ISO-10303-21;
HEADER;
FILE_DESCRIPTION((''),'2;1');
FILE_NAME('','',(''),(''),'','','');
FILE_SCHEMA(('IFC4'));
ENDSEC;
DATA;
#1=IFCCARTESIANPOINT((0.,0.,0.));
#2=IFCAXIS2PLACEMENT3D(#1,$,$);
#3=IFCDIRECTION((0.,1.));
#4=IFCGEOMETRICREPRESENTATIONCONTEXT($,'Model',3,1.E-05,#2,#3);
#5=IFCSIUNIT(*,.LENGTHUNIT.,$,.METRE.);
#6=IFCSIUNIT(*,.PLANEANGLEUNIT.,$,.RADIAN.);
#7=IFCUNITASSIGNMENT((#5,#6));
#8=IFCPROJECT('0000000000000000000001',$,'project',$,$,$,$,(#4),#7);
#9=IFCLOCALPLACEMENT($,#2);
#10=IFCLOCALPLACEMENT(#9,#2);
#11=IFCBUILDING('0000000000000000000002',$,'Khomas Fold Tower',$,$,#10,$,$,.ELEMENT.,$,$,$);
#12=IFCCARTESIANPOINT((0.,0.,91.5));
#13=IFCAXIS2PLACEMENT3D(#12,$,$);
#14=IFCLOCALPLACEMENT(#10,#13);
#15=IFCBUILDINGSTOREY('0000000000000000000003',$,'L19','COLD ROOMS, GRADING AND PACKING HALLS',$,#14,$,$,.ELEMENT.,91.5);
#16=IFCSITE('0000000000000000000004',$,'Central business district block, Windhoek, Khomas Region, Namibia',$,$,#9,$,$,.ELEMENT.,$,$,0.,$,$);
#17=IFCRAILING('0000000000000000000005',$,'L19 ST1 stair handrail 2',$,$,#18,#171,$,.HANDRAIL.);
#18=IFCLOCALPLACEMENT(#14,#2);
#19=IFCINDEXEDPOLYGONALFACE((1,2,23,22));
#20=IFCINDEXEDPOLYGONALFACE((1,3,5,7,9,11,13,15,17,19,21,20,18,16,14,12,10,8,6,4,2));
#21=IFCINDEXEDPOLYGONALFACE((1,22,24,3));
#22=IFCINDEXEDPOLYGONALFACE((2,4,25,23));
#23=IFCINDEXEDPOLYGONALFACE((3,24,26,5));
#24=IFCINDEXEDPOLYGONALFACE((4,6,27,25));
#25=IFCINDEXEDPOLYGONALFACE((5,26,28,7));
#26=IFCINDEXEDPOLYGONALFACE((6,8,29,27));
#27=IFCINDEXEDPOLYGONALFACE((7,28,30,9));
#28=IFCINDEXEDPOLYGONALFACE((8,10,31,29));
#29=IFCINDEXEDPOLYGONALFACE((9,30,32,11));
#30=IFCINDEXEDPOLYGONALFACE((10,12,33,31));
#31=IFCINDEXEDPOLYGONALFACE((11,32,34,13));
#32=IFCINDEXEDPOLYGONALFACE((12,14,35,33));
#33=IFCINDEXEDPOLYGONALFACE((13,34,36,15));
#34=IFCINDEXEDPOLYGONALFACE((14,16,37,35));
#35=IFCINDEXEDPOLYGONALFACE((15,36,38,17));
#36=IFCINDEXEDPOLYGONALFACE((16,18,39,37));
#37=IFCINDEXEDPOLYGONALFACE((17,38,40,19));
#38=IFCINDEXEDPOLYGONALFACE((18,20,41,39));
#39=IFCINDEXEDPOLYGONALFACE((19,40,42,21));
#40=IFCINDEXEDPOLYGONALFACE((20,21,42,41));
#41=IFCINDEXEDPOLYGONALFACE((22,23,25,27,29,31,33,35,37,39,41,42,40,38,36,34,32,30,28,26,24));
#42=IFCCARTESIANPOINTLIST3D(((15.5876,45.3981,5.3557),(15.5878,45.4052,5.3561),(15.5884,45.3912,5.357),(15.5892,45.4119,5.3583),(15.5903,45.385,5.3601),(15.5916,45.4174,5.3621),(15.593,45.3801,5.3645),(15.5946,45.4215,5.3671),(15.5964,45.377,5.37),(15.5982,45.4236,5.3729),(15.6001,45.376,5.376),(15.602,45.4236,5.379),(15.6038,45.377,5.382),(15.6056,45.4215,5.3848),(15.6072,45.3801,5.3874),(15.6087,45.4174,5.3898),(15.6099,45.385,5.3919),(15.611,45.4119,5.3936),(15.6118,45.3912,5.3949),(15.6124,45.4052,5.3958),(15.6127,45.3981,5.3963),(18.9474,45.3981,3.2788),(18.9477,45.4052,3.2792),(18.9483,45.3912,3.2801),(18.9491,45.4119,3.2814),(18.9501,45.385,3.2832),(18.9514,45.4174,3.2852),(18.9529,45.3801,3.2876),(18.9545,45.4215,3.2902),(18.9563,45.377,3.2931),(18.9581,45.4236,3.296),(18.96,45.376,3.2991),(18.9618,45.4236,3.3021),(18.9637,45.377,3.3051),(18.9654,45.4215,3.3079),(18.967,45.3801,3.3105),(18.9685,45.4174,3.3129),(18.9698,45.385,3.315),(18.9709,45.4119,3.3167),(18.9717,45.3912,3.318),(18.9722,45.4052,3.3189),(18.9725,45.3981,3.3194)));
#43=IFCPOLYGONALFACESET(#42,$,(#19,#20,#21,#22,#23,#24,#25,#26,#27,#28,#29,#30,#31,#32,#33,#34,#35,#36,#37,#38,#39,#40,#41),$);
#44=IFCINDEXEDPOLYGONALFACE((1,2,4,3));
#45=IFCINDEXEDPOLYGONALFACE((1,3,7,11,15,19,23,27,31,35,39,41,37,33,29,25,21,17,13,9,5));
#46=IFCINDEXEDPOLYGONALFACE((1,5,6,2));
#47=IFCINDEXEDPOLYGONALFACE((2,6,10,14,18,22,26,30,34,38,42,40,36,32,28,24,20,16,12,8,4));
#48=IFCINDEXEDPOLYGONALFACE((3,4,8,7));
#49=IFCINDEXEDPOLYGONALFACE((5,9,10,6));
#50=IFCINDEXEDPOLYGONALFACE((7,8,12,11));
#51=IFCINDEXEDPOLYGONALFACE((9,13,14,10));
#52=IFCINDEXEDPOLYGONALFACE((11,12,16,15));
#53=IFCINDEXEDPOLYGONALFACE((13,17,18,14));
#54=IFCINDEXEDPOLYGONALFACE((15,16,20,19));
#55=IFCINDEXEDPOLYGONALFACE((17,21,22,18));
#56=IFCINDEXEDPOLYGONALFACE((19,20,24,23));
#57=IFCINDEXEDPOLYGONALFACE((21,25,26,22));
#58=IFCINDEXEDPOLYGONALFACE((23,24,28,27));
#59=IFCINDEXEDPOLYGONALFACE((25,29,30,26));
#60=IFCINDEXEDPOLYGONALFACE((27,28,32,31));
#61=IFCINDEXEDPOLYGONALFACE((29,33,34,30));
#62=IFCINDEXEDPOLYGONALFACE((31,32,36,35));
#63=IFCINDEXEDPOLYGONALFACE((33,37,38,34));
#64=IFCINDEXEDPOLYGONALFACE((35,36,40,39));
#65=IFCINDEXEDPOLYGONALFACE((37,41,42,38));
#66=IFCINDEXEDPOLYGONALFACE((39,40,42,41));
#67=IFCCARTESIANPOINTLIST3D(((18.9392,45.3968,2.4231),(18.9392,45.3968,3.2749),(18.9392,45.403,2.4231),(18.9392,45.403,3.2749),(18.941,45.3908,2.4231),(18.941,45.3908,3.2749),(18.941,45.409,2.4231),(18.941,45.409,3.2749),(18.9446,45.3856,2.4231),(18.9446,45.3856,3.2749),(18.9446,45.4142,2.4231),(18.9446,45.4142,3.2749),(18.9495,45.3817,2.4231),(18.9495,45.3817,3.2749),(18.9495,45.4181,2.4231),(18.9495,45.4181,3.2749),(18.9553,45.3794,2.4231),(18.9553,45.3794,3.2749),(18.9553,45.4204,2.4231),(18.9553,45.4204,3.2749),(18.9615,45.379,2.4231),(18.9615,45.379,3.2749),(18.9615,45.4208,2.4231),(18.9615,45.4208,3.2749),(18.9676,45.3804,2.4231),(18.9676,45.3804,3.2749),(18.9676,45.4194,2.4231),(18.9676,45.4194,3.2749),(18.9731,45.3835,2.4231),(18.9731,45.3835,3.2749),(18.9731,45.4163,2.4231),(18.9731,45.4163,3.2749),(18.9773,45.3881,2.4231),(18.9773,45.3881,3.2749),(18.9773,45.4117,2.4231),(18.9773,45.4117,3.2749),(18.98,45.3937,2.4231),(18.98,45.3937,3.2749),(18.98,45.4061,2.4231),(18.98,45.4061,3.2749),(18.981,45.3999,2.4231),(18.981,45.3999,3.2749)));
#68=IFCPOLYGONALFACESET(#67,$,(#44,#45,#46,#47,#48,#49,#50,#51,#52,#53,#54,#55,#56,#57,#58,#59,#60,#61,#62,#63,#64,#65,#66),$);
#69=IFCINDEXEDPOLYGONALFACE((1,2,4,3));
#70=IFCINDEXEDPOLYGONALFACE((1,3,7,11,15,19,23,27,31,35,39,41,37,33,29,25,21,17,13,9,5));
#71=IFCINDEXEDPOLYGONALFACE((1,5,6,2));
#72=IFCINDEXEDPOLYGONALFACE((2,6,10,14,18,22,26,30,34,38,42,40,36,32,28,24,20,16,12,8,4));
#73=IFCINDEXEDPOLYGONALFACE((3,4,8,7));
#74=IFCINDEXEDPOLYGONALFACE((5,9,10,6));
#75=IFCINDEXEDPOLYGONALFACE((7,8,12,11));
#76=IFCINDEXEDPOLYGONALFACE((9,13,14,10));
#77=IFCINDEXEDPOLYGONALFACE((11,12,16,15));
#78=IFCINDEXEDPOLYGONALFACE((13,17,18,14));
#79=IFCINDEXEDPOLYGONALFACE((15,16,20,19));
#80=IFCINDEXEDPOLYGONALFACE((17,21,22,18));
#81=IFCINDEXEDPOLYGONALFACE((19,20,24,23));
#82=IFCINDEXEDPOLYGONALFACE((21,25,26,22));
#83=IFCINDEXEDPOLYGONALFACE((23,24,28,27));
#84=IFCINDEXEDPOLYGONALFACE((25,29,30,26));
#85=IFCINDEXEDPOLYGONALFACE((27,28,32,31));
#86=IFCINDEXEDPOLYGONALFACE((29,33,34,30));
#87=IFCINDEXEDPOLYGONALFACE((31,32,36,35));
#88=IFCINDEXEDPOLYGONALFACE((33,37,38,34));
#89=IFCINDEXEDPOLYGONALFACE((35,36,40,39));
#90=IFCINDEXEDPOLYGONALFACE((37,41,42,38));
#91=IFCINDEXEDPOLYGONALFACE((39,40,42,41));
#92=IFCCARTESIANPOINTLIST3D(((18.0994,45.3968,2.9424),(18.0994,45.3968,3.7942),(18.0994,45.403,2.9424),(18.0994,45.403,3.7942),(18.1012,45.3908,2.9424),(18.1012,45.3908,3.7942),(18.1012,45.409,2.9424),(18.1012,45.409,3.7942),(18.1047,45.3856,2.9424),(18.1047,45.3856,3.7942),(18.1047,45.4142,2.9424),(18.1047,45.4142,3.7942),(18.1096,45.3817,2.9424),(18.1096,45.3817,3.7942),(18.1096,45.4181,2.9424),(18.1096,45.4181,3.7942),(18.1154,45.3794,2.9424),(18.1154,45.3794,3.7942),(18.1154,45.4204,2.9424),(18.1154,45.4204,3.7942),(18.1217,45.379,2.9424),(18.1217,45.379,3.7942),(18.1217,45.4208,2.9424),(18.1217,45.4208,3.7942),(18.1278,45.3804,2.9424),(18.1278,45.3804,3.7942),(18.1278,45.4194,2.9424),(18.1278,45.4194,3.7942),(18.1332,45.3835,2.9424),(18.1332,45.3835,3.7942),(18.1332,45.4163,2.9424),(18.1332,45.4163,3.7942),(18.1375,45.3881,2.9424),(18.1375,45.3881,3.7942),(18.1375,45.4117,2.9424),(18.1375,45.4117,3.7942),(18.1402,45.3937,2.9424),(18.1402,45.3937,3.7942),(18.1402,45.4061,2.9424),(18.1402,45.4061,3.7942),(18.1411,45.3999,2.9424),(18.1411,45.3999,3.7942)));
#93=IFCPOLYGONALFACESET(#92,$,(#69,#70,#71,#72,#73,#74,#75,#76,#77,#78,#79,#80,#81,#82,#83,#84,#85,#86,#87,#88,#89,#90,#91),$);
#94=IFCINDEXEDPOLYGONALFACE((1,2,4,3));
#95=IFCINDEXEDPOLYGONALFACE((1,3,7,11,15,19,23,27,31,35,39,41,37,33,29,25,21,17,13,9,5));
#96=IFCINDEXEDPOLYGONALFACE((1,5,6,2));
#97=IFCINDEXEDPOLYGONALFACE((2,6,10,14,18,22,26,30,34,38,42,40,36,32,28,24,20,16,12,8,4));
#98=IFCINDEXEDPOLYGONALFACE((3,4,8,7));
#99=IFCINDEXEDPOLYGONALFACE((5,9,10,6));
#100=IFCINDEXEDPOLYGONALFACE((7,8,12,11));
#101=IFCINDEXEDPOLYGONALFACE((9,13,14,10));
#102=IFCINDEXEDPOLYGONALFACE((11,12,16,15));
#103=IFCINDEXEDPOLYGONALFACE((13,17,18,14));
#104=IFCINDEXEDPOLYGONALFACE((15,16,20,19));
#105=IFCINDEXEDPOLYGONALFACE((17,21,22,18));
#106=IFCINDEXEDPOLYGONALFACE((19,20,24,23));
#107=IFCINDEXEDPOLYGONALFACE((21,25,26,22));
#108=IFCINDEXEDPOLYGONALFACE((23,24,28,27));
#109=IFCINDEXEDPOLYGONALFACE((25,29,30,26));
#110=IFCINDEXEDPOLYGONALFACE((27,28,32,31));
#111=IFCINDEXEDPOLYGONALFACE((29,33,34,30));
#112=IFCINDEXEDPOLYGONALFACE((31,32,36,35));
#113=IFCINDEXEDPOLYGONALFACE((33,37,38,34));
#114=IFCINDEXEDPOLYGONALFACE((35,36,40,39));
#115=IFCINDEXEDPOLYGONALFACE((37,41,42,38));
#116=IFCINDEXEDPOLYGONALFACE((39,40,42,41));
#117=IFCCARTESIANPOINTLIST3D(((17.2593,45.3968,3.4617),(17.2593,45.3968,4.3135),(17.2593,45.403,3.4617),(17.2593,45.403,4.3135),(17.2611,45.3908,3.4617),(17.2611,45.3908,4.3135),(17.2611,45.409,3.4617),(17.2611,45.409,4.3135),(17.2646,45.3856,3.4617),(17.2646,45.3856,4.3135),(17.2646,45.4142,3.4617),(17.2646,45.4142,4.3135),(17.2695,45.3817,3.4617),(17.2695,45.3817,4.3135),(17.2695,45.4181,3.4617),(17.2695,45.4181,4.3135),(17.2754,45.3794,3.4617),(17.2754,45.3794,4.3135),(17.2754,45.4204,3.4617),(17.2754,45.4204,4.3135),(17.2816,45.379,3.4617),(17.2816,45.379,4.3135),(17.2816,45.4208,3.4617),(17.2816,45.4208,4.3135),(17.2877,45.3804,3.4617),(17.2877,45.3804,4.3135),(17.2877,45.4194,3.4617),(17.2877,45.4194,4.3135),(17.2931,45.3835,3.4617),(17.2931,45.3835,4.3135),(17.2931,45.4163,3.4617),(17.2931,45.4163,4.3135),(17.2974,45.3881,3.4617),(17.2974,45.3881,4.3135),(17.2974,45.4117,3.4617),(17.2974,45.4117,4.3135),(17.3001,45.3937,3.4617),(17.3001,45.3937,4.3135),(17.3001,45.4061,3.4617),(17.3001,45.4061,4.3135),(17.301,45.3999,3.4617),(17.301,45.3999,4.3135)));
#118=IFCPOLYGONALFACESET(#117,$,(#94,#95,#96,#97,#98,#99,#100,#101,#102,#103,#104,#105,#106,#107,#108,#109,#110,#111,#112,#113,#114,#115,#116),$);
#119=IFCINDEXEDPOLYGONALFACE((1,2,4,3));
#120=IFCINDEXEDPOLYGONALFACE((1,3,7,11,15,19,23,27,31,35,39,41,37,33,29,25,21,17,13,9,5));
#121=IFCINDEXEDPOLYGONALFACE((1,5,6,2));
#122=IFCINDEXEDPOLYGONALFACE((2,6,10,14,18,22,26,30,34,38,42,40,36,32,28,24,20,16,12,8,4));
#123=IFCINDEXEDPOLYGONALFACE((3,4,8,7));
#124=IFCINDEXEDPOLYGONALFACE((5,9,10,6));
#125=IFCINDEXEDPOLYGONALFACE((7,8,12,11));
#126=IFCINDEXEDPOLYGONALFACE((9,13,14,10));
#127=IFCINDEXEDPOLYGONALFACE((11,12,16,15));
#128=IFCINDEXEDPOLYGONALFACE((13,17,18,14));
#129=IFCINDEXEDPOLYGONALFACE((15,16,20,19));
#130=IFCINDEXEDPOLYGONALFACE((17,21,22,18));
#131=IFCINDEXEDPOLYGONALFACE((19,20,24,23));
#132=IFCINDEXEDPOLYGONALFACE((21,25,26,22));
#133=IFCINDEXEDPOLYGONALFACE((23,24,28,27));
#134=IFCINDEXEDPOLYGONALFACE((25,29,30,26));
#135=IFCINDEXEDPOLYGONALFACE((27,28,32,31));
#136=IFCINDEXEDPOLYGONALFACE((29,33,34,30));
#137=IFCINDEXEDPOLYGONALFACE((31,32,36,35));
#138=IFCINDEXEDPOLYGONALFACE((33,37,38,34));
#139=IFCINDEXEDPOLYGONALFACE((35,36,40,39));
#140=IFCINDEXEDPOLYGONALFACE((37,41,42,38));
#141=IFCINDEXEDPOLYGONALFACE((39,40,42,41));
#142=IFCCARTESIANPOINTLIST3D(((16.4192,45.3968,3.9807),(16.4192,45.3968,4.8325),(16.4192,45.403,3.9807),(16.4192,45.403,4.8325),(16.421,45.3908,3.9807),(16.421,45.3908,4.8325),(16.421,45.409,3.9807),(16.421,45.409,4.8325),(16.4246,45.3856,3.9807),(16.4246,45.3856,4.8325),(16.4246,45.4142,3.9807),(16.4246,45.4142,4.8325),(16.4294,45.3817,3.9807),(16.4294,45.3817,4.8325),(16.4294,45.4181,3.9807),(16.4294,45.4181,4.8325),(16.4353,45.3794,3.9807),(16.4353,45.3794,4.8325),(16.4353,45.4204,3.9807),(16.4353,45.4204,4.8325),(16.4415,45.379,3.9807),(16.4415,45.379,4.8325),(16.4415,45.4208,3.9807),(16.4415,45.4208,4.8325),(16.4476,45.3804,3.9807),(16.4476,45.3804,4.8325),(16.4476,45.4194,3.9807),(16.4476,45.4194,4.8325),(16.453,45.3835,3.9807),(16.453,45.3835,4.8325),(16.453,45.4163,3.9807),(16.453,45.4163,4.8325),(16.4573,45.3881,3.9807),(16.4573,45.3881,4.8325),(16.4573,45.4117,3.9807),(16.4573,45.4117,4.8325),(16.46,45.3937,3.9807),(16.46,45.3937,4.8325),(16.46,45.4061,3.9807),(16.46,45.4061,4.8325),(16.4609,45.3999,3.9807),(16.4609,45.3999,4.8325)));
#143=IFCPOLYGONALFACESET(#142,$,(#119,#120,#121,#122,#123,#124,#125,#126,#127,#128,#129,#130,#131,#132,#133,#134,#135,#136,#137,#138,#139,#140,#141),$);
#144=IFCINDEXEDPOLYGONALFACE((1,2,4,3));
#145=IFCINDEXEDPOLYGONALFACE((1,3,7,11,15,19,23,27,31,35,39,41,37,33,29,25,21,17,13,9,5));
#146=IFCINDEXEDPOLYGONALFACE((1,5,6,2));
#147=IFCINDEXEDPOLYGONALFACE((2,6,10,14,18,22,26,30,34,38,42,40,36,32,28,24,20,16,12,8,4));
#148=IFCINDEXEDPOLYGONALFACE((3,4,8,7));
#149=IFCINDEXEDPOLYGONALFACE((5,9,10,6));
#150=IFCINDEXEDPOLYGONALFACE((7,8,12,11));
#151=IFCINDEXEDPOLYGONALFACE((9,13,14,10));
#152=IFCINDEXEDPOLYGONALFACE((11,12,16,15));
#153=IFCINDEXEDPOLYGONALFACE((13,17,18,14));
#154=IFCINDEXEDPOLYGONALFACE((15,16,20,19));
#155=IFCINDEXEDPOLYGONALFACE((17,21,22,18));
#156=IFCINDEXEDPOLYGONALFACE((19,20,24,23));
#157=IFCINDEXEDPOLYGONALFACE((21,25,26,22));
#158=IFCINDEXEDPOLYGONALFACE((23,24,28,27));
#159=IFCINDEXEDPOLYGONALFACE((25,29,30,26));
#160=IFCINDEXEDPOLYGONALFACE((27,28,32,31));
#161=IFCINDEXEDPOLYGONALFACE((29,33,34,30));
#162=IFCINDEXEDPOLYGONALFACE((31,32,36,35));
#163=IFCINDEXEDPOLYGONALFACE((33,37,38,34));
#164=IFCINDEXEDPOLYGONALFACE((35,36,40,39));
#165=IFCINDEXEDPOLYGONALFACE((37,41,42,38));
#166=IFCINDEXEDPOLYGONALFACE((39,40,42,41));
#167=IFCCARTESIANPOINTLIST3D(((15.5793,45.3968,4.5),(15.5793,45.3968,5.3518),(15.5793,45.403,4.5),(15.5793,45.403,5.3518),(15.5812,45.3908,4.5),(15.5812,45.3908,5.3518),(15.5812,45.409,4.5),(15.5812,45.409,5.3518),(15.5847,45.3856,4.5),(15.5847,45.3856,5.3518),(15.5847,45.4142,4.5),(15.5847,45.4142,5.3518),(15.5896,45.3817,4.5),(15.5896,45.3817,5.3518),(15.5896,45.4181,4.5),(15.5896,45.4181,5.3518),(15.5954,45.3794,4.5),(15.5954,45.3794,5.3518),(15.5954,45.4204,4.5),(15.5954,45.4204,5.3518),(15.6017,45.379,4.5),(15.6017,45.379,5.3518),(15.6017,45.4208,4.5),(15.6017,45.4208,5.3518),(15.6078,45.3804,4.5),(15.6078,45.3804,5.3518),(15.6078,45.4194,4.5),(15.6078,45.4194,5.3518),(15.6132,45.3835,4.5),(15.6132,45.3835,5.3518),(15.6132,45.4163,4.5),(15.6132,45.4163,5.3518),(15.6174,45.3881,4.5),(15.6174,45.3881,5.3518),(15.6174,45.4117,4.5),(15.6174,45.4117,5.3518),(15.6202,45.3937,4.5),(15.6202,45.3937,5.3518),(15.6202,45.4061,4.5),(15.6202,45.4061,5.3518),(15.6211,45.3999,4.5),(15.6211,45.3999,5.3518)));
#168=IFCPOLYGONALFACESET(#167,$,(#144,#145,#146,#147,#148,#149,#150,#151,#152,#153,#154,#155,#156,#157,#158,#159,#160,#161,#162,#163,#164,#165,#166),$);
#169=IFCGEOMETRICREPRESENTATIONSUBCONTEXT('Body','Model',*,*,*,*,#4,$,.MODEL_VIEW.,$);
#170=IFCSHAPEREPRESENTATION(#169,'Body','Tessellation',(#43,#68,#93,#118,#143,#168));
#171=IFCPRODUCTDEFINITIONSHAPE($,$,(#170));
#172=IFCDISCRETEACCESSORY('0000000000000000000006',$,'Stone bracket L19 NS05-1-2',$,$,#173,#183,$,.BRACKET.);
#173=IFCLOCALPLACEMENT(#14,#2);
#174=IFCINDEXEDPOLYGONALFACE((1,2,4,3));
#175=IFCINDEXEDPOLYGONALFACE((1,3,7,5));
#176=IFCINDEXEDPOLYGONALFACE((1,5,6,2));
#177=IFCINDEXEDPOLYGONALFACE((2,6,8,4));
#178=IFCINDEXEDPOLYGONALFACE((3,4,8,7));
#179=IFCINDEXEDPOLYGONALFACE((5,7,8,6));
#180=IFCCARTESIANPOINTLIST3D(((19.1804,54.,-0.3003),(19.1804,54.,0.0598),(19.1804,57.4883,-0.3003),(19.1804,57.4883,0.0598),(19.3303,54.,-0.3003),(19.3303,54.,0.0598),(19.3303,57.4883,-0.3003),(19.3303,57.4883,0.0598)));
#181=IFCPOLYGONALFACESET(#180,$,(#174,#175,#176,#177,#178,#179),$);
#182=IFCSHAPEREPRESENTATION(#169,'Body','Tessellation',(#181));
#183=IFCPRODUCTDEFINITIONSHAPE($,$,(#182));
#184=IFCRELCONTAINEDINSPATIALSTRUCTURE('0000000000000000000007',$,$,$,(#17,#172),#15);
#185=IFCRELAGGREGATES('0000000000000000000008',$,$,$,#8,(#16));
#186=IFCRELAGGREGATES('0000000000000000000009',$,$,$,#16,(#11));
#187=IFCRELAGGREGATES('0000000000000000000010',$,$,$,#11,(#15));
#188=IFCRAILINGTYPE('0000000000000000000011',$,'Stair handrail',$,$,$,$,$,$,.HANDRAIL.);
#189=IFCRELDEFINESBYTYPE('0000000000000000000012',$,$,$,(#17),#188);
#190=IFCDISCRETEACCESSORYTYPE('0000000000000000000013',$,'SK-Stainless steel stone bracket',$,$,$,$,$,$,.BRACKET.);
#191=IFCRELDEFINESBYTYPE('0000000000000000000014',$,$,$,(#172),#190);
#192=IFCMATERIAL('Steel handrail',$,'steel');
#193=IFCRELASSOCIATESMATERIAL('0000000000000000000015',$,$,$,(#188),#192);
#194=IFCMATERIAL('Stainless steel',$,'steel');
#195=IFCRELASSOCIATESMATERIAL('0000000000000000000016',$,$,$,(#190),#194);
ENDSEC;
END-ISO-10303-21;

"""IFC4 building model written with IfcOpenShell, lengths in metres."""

from ifc_helpers import new_model, si_unit, direction, frame, origin, origin_2d, place, context, subcontext, project, spatial, rectangle, circle, extrude, source, transform, mapped, material, type_object, element, save


model = new_model("IFC4")

# Units and contexts
model_context = context("Model", 3, precision=1e-05, world=origin(), true_north=direction((0.0, 1.0)))
body_context = subcontext(model_context, "Body", "Model", "MODEL_VIEW")
ifc_project = project(units=[si_unit("LENGTHUNIT", "METRE"), si_unit("PLANEANGLEUNIT", "RADIAN")], contexts=[model_context])

# Site, building, storey
site_placement = place(None, origin())
site = spatial("IfcSite", under=ifc_project, at=site_placement, Name="Central business district block, Windhoek, Khomas Region, Namibia", CompositionType="ELEMENT", RefElevation=0.0)
building_placement = place(site_placement, origin())
building = spatial("IfcBuilding", under=site, at=building_placement, Name="Khomas Fold Tower", CompositionType="ELEMENT")
storey_placement = place(building_placement, frame((0.0, 0.0, 91.5)))
storey = spatial("IfcBuildingStorey", under=building, at=storey_placement, Name="L19", Description="COLD ROOMS, GRADING AND PACKING HALLS", CompositionType="ELEMENT", Elevation=91.5)

# Railing
ifc_material_1 = material(Name="Steel handrail", Category="steel")
railing_type_1 = type_object("IfcRailingType", Name="Stair handrail", PredefinedType="HANDRAIL", material=ifc_material_1)
shared_shape_1 = source(origin(), body_context, "Body", "SweptSolid", [
    extrude(circle(Radius=0.0239, at=origin_2d()), frame((0.0, 0.0, 0.876), z_axis=(-0.850606, 0.0, 0.525803), x_axis=(0.0, -1.0, 0.0)), (0.0, 0.0, 1.0), 3.95),
    extrude(circle(Radius=0.021, at=origin_2d()), origin(), (0.0, 0.0, 1.0), 0.8518),
    extrude(circle(Radius=0.021, at=origin_2d()), frame((-0.8398, 0.0, 0.5193)), (0.0, 0.0, 1.0), 0.8518),
    extrude(circle(Radius=0.021, at=origin_2d()), frame((-1.6799, 0.0, 1.0386)), (0.0, 0.0, 1.0), 0.8518),
    extrude(circle(Radius=0.021, at=origin_2d()), frame((-2.52, 0.0, 1.5576)), (0.0, 0.0, 1.0), 0.8518),
    extrude(circle(Radius=0.021, at=origin_2d()), frame((-3.3599, 0.0, 2.0769)), (0.0, 0.0, 1.0), 0.8518),
])
railing_1_placement = place(storey_placement, frame((18.96, 45.3999, 2.4231)))
element("IfcRailing", 1, at=railing_1_placement, inside=storey, type_object=railing_type_1, Name="L19 ST1 stair handrail 2", PredefinedType="HANDRAIL", context=body_context, shape_type="MappedRepresentation", body=[
    mapped(shared_shape_1, transform((0.0, 0.0, 0.0))),
])

# Discrete accessory
ifc_material_2 = material(Name="Stainless steel", Category="steel")
discrete_accessory_type = type_object("IfcDiscreteAccessoryType", Name="SK-Stainless steel stone bracket", PredefinedType="BRACKET", material=ifc_material_2)
shared_shape_2 = source(origin(), body_context, "Body", "SweptSolid", [
    extrude(rectangle(XDim=3.4883, YDim=0.1499, at=origin_2d()), origin(), (0.0, 0.0, 1.0), 0.3601),
])
discrete_accessory_placement = place(storey_placement, frame((19.2554, 55.7441, -0.3003), z_axis=(0.0, 0.0, 1.0), x_axis=(0.0, 1.0, 0.0)))
element("IfcDiscreteAccessory", 2, at=discrete_accessory_placement, inside=storey, type_object=discrete_accessory_type, Name="Stone bracket L19 NS05-1-2", PredefinedType="BRACKET", context=body_context, shape_type="MappedRepresentation", body=[
    mapped(shared_shape_2, transform((0.0, 0.0, 0.0))),
])

save(model, "model.ifc")
